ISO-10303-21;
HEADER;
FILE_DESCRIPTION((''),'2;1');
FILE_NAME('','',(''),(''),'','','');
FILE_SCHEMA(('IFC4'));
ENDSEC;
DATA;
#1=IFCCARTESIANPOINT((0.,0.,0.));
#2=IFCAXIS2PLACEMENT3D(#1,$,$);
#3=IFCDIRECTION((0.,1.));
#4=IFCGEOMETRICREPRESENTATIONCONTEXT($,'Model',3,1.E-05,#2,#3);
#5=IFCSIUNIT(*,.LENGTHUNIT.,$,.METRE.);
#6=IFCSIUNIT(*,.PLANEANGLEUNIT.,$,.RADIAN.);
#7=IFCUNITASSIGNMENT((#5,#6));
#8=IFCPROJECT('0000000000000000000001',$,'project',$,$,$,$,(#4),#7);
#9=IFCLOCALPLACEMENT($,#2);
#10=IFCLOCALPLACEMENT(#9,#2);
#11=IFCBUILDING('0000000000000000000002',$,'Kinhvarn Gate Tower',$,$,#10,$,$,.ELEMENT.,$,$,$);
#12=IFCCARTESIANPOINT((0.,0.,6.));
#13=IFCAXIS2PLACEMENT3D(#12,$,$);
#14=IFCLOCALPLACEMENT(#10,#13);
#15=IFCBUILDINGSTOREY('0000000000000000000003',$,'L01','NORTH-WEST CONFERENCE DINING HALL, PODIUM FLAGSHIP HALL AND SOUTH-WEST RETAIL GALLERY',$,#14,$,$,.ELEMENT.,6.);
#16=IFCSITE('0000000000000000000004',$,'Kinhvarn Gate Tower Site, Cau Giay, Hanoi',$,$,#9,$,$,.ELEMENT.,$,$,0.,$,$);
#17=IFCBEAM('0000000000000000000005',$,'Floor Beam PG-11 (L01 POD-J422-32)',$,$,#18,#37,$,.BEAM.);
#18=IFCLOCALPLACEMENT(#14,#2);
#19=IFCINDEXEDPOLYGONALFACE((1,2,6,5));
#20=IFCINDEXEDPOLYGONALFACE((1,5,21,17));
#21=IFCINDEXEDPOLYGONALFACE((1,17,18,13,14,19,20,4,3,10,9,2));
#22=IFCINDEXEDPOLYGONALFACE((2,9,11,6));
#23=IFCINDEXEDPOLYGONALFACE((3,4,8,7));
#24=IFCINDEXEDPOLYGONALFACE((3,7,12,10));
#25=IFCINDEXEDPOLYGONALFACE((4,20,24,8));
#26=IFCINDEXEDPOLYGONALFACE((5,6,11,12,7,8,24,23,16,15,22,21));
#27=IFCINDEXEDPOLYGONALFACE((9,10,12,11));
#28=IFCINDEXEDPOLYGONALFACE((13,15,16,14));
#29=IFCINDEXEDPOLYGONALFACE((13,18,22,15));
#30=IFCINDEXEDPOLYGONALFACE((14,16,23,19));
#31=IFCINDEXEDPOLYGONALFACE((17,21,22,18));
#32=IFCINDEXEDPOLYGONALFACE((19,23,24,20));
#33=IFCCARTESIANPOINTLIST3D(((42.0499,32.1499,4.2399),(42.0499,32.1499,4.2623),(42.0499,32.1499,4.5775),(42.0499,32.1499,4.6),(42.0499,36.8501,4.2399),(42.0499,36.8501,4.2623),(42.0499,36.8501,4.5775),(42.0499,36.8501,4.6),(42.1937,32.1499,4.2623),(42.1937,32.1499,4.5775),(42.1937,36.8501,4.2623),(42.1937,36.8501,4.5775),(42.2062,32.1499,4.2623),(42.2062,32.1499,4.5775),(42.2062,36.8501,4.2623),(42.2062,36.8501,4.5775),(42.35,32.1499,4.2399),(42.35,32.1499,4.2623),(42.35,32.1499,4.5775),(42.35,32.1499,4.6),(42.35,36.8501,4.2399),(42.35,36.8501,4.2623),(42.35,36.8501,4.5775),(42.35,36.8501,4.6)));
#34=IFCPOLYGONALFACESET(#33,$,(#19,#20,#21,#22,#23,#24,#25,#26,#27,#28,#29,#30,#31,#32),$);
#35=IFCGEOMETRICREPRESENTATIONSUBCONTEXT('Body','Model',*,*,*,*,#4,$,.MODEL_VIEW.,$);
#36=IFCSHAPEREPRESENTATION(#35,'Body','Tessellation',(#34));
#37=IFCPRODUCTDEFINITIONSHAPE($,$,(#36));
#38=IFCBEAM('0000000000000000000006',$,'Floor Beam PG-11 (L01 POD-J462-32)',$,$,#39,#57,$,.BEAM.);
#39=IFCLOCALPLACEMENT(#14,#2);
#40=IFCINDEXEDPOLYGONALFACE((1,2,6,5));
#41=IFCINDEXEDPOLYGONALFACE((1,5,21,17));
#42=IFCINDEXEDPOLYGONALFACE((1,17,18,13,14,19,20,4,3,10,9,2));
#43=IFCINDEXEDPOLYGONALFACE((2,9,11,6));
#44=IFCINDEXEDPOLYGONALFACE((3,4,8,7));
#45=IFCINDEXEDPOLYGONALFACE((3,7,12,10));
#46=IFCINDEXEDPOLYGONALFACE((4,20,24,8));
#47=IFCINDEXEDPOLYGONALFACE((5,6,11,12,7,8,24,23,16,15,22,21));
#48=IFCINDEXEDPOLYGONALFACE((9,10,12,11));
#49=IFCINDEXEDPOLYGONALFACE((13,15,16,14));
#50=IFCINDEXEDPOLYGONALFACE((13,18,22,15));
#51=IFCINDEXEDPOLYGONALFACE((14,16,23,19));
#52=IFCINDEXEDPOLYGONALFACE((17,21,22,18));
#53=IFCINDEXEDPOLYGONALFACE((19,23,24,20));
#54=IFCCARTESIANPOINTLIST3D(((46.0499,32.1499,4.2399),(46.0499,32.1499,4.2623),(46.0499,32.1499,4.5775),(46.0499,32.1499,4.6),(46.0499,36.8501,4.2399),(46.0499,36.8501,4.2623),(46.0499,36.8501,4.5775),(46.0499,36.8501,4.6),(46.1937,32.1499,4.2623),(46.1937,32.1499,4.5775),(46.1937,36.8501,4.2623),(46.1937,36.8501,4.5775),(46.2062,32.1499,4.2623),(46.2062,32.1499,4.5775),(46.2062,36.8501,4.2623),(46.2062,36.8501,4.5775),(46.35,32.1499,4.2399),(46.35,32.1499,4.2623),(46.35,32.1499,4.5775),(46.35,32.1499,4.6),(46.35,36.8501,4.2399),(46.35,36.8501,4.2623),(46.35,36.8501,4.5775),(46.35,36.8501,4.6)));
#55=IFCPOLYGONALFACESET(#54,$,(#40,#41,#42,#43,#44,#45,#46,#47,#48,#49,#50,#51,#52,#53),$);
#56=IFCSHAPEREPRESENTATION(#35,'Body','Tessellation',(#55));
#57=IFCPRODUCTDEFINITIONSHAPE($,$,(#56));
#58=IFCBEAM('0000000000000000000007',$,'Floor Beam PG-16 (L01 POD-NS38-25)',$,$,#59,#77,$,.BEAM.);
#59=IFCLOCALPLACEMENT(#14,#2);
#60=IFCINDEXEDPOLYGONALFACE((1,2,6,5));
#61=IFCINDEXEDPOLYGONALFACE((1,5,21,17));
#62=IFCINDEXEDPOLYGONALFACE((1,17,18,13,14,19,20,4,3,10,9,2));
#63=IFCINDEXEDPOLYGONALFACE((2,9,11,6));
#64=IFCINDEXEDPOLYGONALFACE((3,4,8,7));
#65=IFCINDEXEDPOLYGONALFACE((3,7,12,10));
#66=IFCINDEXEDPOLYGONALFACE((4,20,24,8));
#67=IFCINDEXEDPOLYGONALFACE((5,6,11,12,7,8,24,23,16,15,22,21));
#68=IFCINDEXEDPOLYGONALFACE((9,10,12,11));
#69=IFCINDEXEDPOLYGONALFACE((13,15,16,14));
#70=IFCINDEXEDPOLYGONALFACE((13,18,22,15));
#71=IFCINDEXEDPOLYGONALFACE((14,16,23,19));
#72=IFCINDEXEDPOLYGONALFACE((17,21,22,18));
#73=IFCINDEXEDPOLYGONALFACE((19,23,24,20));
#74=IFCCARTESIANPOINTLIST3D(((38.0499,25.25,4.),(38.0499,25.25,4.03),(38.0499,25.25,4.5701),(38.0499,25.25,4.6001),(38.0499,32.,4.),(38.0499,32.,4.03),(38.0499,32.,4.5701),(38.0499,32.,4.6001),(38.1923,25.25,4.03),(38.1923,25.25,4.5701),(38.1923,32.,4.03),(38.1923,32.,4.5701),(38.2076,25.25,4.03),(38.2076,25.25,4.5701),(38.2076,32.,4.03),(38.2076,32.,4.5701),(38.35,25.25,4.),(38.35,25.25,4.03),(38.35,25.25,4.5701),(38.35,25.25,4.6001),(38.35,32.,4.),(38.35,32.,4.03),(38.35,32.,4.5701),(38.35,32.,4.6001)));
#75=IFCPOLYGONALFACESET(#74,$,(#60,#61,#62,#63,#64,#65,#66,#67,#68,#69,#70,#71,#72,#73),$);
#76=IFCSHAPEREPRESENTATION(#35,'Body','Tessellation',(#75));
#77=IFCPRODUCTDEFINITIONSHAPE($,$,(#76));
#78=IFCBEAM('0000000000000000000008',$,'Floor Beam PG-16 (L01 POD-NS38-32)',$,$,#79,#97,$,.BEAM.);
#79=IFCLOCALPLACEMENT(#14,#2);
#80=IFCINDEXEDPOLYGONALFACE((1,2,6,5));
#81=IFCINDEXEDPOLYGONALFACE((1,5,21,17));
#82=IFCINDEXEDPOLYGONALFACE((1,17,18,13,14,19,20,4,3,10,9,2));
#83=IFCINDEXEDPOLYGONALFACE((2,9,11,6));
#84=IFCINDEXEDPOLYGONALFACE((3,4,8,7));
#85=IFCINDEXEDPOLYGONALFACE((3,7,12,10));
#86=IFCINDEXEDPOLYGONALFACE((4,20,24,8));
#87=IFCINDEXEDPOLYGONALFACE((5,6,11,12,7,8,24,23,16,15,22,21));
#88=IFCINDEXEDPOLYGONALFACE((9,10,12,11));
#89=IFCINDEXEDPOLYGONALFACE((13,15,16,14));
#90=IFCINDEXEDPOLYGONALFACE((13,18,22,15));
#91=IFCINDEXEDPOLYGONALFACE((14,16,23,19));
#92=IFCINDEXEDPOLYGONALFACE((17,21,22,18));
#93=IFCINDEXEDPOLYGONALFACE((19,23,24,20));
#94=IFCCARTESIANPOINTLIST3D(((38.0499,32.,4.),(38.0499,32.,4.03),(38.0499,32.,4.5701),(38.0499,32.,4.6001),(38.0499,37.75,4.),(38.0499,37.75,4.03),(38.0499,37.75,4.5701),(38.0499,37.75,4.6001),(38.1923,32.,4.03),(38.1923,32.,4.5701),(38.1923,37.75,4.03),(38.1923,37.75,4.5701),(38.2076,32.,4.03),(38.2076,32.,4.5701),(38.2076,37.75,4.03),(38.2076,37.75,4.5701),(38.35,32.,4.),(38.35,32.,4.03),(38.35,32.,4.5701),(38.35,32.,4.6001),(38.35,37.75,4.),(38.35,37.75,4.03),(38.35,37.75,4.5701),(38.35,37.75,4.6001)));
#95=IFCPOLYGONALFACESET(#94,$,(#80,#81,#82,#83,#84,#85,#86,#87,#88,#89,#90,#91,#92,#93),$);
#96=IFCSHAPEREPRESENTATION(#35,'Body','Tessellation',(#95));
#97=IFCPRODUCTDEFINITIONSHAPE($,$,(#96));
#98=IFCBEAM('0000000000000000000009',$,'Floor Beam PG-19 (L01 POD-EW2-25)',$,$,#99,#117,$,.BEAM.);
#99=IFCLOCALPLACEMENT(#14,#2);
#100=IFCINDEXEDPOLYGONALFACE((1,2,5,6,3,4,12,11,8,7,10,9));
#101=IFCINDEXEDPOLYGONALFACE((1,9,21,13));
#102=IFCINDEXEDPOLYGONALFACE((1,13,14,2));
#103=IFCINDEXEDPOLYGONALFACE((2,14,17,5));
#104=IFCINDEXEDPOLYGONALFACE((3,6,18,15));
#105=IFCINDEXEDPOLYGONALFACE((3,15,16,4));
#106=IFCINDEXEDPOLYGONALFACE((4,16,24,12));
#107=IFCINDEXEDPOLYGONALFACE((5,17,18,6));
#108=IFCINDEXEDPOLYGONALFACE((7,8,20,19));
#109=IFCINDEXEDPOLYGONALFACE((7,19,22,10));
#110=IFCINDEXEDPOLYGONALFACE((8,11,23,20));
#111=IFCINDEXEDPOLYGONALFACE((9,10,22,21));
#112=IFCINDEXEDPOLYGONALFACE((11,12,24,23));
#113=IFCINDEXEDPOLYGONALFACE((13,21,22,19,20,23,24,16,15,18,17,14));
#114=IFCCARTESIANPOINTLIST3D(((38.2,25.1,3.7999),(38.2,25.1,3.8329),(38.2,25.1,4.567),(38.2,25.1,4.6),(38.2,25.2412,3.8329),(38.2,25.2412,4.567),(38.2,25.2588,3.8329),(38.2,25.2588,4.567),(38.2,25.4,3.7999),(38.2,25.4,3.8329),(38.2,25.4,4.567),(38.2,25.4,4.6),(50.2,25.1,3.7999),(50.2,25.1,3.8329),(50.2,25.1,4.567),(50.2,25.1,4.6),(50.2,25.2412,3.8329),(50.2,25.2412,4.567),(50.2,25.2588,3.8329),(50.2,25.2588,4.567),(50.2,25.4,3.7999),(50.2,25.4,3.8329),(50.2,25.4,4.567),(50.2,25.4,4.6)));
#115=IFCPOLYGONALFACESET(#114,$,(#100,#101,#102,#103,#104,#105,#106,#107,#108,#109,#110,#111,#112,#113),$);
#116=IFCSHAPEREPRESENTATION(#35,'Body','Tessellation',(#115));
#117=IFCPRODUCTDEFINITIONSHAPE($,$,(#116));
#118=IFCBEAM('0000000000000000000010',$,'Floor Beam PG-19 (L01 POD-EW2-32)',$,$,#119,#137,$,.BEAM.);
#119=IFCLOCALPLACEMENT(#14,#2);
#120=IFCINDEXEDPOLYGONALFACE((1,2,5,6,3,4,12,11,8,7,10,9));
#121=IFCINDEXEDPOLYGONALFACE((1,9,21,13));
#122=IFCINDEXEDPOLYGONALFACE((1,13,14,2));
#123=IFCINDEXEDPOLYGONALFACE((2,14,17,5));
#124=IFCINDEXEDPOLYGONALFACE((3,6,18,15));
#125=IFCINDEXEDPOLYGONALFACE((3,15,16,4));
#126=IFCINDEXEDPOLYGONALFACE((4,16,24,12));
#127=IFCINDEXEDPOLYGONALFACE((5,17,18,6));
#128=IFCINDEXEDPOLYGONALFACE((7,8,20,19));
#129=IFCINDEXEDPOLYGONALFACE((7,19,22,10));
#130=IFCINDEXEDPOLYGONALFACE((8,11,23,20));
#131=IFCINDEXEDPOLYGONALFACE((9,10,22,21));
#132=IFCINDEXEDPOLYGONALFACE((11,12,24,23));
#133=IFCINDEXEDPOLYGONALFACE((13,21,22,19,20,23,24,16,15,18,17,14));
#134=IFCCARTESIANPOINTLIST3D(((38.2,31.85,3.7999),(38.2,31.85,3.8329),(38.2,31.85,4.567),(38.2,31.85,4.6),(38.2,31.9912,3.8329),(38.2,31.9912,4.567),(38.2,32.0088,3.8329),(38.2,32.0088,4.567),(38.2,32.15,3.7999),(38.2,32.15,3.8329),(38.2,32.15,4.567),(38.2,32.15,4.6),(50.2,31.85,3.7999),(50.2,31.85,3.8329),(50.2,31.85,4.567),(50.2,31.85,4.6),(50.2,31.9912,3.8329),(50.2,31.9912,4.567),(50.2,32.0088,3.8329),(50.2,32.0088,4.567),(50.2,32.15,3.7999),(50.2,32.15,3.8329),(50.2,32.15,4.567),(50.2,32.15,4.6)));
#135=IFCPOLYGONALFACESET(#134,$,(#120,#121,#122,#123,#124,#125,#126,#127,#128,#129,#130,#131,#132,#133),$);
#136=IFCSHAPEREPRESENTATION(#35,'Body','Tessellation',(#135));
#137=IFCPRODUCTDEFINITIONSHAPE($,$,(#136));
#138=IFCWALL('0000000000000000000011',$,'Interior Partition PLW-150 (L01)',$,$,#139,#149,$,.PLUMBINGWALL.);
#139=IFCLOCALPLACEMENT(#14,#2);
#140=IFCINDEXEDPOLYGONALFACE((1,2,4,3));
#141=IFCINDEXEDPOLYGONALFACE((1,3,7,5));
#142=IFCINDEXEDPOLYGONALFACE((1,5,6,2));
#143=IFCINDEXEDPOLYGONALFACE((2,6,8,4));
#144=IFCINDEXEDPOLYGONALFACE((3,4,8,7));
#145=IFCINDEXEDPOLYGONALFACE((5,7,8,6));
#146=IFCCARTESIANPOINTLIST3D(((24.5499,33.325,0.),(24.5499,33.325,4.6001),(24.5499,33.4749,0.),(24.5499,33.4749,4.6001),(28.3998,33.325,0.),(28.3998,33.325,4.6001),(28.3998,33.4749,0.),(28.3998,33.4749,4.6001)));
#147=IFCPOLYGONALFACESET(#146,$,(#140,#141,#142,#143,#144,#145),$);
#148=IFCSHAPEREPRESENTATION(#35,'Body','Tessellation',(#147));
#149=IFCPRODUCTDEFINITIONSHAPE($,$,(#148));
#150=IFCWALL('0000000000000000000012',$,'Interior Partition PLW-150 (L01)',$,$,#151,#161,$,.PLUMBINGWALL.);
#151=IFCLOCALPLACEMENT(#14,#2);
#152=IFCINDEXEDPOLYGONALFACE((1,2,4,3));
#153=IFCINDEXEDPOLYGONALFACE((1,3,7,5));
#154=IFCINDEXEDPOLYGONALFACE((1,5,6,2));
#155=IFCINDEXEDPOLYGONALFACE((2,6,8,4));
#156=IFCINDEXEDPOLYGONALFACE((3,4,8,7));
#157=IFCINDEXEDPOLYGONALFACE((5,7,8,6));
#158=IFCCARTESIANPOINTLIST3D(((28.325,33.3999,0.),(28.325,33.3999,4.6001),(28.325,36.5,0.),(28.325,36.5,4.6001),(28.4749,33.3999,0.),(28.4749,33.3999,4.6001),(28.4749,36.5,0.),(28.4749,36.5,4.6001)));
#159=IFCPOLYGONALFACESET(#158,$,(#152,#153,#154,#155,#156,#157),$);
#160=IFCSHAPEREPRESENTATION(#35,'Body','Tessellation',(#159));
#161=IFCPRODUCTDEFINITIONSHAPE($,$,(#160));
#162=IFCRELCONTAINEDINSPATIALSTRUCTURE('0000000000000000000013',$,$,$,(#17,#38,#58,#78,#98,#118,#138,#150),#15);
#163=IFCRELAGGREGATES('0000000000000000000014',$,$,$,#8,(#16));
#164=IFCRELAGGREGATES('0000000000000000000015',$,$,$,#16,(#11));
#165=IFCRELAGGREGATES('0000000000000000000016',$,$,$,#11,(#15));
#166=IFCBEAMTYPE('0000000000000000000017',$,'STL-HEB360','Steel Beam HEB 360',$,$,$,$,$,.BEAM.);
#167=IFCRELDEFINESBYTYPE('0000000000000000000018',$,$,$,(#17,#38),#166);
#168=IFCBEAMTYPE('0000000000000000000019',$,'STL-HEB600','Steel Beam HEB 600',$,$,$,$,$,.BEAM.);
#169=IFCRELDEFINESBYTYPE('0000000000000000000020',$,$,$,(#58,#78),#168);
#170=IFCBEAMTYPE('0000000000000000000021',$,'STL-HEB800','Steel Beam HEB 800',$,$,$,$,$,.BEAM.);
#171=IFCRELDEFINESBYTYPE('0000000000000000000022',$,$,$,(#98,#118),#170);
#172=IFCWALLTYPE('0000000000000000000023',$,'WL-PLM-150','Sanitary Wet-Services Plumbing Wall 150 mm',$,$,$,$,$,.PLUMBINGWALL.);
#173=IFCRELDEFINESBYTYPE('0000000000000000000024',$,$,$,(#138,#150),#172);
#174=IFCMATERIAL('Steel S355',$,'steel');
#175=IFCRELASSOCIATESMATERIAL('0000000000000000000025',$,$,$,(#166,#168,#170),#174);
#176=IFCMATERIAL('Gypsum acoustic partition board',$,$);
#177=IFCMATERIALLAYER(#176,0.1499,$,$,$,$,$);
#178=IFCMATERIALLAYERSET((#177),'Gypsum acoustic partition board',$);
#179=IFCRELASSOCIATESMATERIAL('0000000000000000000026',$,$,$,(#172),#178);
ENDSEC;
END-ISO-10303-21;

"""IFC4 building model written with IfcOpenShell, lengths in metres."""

from ifc_helpers import new_model, si_unit, direction, frame, frame_2d, origin, origin_2d, place, context, subcontext, project, spatial, rectangle, i_section, extrude, material, layer, layer_set, material_profile, profile_set, type_object, element, save


model = new_model("IFC4")

# Units and contexts
model_context = context("Model", 3, precision=1e-05, world=origin(), true_north=direction((0.0, 1.0)))
body_context = subcontext(model_context, "Body", "Model", "MODEL_VIEW")
ifc_project = project(units=[si_unit("LENGTHUNIT", "METRE"), si_unit("PLANEANGLEUNIT", "RADIAN")], contexts=[model_context])

# Site, building, storey
site_placement = place(None, origin())
site = spatial("IfcSite", under=ifc_project, at=site_placement, Name="Kinhvarn Gate Tower Site, Cau Giay, Hanoi", CompositionType="ELEMENT", RefElevation=0.0)
building_placement = place(site_placement, origin())
building = spatial("IfcBuilding", under=site, at=building_placement, Name="Kinhvarn Gate Tower", CompositionType="ELEMENT")
storey_placement = place(building_placement, frame((0.0, 0.0, 6.0)))
storey = spatial("IfcBuildingStorey", under=building, at=storey_placement, Name="L01", Description="NORTH-WEST CONFERENCE DINING HALL, PODIUM FLAGSHIP HALL AND SOUTH-WEST RETAIL GALLERY", CompositionType="ELEMENT", Elevation=6.0)

# Beams
ifc_material_1 = material(Name="Steel S355", Category="steel")
ifc_material_profile_1 = material_profile(ifc_material_1, i_section(OverallWidth=0.3, OverallDepth=0.3601, WebThickness=0.0125, FlangeThickness=0.0225, at=origin_2d()), Name="HEB 360")
ifc_profile_set_1 = profile_set([ifc_material_profile_1], Name="Steel S355")
beam_type_1 = type_object("IfcBeamType", Name="STL-HEB360", Description="Steel Beam HEB 360", PredefinedType="BEAM", material=ifc_profile_set_1)
for number, where, z_axis, x_axis, name in (
    (1, (42.2, 32.1499, 4.4199), (0.0, 1.0, 0.0), (-1.0, 0.0, 0.0), "Floor Beam PG-11 (L01 POD-J422-32)"),
    (2, (46.2, 32.1499, 4.4199), (0.0, 1.0, 0.0), (-1.0, 0.0, 0.0), "Floor Beam PG-11 (L01 POD-J462-32)"),
):
    element("IfcBeam", number, at=place(storey_placement, frame(where, z_axis=z_axis, x_axis=x_axis)), inside=storey, type_object=beam_type_1, Name=name, PredefinedType="BEAM", context=body_context, shape_type="SweptSolid", body=[
        extrude(i_section(OverallWidth=0.3, OverallDepth=0.3601, WebThickness=0.0125, FlangeThickness=0.0225, at=origin_2d()), origin(), (0.0, 0.0, 1.0), 4.7002),
    ])
ifc_material_profile_2 = material_profile(ifc_material_1, i_section(OverallWidth=0.3, OverallDepth=0.6001, WebThickness=0.0154, FlangeThickness=0.03, at=origin_2d()), Name="HEB 600")
ifc_profile_set_2 = profile_set([ifc_material_profile_2], Name="Steel S355")
beam_type_2 = type_object("IfcBeamType", Name="STL-HEB600", Description="Steel Beam HEB 600", PredefinedType="BEAM", material=ifc_profile_set_2)
beam_1_placement = place(storey_placement, frame((38.2, 25.25, 4.3), z_axis=(0.0, 1.0, 0.0), x_axis=(-1.0, 0.0, 0.0)))
element("IfcBeam", 3, at=beam_1_placement, inside=storey, type_object=beam_type_2, Name="Floor Beam PG-16 (L01 POD-NS38-25)", PredefinedType="BEAM", context=body_context, shape_type="SweptSolid", body=[
    extrude(i_section(OverallWidth=0.3, OverallDepth=0.6001, WebThickness=0.0154, FlangeThickness=0.03, at=origin_2d()), origin(), (0.0, 0.0, 1.0), 6.75),
])
beam_2_placement = place(storey_placement, frame((38.2, 32.0, 4.3), z_axis=(0.0, 1.0, 0.0), x_axis=(-1.0, 0.0, 0.0)))
element("IfcBeam", 4, at=beam_2_placement, inside=storey, type_object=beam_type_2, Name="Floor Beam PG-16 (L01 POD-NS38-32)", PredefinedType="BEAM", context=body_context, shape_type="SweptSolid", body=[
    extrude(i_section(OverallWidth=0.3, OverallDepth=0.6001, WebThickness=0.0154, FlangeThickness=0.03, at=origin_2d()), origin(), (0.0, 0.0, 1.0), 5.75),
])
ifc_material_profile_3 = material_profile(ifc_material_1, i_section(OverallWidth=0.3, OverallDepth=0.8, WebThickness=0.0176, FlangeThickness=0.033, at=origin_2d()), Name="HEB 800")
ifc_profile_set_3 = profile_set([ifc_material_profile_3], Name="Steel S355")
beam_type_3 = type_object("IfcBeamType", Name="STL-HEB800", Description="Steel Beam HEB 800", PredefinedType="BEAM", material=ifc_profile_set_3)
for number, where, z_axis, x_axis, name in (
    (5, (38.2, 25.25, 4.2), (1.0, 0.0, 0.0), (0.0, 1.0, 0.0), "Floor Beam PG-19 (L01 POD-EW2-25)"),
    (6, (38.2, 32.0, 4.2), (1.0, 0.0, 0.0), (0.0, 1.0, 0.0), "Floor Beam PG-19 (L01 POD-EW2-32)"),
):
    element("IfcBeam", number, at=place(storey_placement, frame(where, z_axis=z_axis, x_axis=x_axis)), inside=storey, type_object=beam_type_3, Name=name, PredefinedType="BEAM", context=body_context, shape_type="SweptSolid", body=[
        extrude(i_section(OverallWidth=0.3, OverallDepth=0.8, WebThickness=0.0176, FlangeThickness=0.033, at=origin_2d()), origin(), (0.0, 0.0, 1.0), 12.0),
    ])

# Walls
ifc_material_2 = material(Name="Gypsum acoustic partition board")
ifc_layer_1 = layer(ifc_material_2, 0.1499)
ifc_layer_set_1 = layer_set([ifc_layer_1], Name="Gypsum acoustic partition board")
wall_type_1 = type_object("IfcWallType", Name="WL-PLM-150", Description="Sanitary Wet-Services Plumbing Wall 150 mm", PredefinedType="PLUMBINGWALL", material=ifc_layer_set_1)
wall_1_placement = place(storey_placement, frame((24.55, 33.3999, 0.0), z_axis=(0.0, 0.0, 1.0), x_axis=(1.0, 0.0, 0.0)))
element("IfcWall", 7, at=wall_1_placement, inside=storey, type_object=wall_type_1, Name="Interior Partition PLW-150 (L01)", PredefinedType="PLUMBINGWALL", context=body_context, shape_type="SweptSolid", body=[
    extrude(rectangle(XDim=3.8499, YDim=0.1499, at=frame_2d((1.9248, 0.0))), origin(), (0.0, 0.0, 1.0), 4.6001),
])
wall_2_placement = place(storey_placement, frame((28.3999, 33.3999, 0.0), z_axis=(0.0, 0.0, 1.0), x_axis=(0.0, 1.0, 0.0)))
element("IfcWall", 8, at=wall_2_placement, inside=storey, type_object=wall_type_1, Name="Interior Partition PLW-150 (L01)", PredefinedType="PLUMBINGWALL", context=body_context, shape_type="SweptSolid", body=[
    extrude(rectangle(XDim=3.1001, YDim=0.1499, at=frame_2d((1.55, 0.0))), origin(), (0.0, 0.0, 1.0), 4.6001),
])

save(model, "model.ifc")
